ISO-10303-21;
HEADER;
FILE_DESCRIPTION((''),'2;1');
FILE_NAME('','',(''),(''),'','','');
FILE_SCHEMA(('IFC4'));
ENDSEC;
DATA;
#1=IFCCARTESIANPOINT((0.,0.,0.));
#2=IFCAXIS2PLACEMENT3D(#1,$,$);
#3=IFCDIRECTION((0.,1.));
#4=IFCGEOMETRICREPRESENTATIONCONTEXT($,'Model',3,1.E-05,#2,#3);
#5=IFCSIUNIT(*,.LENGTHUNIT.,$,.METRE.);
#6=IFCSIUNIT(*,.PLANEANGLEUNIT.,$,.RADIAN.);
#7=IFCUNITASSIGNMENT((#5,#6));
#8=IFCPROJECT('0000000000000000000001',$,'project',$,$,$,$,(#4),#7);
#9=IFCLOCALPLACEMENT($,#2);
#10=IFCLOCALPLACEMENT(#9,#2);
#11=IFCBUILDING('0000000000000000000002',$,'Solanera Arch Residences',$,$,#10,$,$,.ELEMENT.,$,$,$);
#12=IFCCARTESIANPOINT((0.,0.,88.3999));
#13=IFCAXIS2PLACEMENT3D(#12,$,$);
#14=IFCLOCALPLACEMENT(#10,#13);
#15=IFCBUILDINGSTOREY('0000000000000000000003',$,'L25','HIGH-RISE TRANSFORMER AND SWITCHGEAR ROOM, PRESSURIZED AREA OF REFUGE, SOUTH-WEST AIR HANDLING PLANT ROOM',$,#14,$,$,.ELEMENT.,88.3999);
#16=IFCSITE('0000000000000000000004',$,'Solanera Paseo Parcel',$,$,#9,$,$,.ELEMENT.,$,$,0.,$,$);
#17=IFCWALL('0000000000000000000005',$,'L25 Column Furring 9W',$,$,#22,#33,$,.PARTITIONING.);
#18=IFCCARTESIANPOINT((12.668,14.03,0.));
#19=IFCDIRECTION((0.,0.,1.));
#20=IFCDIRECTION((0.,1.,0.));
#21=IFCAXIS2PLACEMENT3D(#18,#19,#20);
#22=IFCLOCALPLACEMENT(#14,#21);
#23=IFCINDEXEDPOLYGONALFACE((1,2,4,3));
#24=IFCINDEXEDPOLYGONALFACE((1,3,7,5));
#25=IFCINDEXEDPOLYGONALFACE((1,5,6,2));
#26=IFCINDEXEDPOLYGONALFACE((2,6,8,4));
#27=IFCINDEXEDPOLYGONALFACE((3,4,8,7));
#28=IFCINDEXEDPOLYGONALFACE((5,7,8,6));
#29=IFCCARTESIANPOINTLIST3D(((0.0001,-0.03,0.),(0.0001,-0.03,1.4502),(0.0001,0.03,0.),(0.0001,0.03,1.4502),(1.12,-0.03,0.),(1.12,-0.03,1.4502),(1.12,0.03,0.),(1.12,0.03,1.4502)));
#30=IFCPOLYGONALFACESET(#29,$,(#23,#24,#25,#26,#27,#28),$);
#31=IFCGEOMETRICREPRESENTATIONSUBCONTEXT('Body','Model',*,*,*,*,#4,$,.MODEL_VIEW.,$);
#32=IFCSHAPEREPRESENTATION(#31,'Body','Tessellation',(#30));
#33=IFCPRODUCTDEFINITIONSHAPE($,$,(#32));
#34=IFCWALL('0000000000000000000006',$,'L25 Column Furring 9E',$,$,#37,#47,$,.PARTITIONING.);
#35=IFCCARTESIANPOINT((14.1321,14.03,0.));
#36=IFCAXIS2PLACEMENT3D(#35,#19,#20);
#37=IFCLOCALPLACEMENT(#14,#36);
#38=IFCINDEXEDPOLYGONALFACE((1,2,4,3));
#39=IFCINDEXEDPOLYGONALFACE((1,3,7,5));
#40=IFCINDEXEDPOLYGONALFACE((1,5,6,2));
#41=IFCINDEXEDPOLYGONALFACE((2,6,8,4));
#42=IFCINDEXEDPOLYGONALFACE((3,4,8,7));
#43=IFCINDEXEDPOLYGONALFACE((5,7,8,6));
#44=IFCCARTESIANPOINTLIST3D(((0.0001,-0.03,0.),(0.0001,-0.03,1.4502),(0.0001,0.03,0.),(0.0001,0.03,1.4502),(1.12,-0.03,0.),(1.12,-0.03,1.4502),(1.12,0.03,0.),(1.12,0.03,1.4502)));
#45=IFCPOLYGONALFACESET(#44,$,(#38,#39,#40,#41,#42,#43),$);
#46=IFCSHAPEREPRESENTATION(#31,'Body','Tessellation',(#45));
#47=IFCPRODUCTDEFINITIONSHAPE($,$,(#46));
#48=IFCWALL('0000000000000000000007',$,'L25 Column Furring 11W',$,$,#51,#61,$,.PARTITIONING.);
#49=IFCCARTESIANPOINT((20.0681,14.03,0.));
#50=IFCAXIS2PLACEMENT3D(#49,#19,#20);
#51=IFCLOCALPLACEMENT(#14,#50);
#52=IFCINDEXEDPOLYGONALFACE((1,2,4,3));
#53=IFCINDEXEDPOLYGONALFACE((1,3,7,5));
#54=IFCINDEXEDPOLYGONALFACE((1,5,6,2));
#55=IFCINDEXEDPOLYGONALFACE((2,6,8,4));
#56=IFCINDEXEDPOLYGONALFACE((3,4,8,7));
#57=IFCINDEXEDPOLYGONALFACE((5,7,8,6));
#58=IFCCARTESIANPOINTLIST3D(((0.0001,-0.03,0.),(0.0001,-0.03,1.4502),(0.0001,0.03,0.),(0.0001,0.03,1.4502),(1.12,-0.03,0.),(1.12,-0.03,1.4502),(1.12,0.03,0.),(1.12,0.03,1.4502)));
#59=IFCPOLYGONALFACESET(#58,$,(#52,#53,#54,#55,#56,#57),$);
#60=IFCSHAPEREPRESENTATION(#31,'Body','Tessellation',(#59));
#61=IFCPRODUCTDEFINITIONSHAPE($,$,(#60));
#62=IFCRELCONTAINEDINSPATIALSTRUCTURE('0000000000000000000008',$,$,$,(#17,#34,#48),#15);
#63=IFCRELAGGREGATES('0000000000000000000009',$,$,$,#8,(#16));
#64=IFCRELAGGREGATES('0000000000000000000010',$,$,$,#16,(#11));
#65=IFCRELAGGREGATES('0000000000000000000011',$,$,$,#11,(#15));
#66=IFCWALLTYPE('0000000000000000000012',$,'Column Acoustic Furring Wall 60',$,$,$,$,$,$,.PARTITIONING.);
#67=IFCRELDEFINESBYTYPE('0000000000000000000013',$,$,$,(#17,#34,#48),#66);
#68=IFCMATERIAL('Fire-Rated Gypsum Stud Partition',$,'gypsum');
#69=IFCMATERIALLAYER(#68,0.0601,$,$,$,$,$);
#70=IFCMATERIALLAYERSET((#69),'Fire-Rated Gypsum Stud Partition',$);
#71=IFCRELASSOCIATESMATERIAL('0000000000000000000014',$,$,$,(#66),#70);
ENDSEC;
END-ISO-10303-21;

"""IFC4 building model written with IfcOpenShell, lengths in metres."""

from ifc_helpers import new_model, si_unit, direction, frame, frame_2d, origin, place, context, subcontext, project, spatial, rectangle, extrude, material, layer, layer_set, type_object, element, save


model = new_model("IFC4")

# Units and contexts
model_context = context("Model", 3, precision=1e-05, world=origin(), true_north=direction((0.0, 1.0)))
body_context = subcontext(model_context, "Body", "Model", "MODEL_VIEW")
ifc_project = project(units=[si_unit("LENGTHUNIT", "METRE"), si_unit("PLANEANGLEUNIT", "RADIAN")], contexts=[model_context])

# Site, building, storey
site_placement = place(None, origin())
site = spatial("IfcSite", under=ifc_project, at=site_placement, Name="Solanera Paseo Parcel", CompositionType="ELEMENT", RefElevation=0.0)
building_placement = place(site_placement, origin())
building = spatial("IfcBuilding", under=site, at=building_placement, Name="Solanera Arch Residences", CompositionType="ELEMENT")
storey_placement = place(building_placement, frame((0.0, 0.0, 88.3999)))
storey = spatial("IfcBuildingStorey", under=building, at=storey_placement, Name="L25", Description="HIGH-RISE TRANSFORMER AND SWITCHGEAR ROOM, PRESSURIZED AREA OF REFUGE, SOUTH-WEST AIR HANDLING PLANT ROOM", CompositionType="ELEMENT", Elevation=88.3999)

# Walls
ifc_material_1 = material(Name="Fire-Rated Gypsum Stud Partition", Category="gypsum")
ifc_layer_1 = layer(ifc_material_1, 0.0601)
ifc_layer_set_1 = layer_set([ifc_layer_1], Name="Fire-Rated Gypsum Stud Partition")
wall_type_1 = type_object("IfcWallType", Name="Column Acoustic Furring Wall 60", PredefinedType="PARTITIONING", material=ifc_layer_set_1)
for number, where, z_axis, x_axis, name in (
    (1, (12.668, 14.03, 0.0), (0.0, 0.0, 1.0), (0.0, 1.0, 0.0), "L25 Column Furring 9W"),
    (2, (14.1321, 14.03, 0.0), (0.0, 0.0, 1.0), (0.0, 1.0, 0.0), "L25 Column Furring 9E"),
    (3, (20.0681, 14.03, 0.0), (0.0, 0.0, 1.0), (0.0, 1.0, 0.0), "L25 Column Furring 11W"),
):
    element("IfcWall", number, at=place(storey_placement, frame(where, z_axis=z_axis, x_axis=x_axis)), inside=storey, type_object=wall_type_1, Name=name, PredefinedType="PARTITIONING", context=body_context, shape_type="SweptSolid", body=[
        extrude(rectangle(XDim=1.1199, YDim=0.0601, at=frame_2d((0.5601, 0.0))), origin(), (0.0, 0.0, 1.0), 1.4502),
    ])

save(model, "model.ifc")
